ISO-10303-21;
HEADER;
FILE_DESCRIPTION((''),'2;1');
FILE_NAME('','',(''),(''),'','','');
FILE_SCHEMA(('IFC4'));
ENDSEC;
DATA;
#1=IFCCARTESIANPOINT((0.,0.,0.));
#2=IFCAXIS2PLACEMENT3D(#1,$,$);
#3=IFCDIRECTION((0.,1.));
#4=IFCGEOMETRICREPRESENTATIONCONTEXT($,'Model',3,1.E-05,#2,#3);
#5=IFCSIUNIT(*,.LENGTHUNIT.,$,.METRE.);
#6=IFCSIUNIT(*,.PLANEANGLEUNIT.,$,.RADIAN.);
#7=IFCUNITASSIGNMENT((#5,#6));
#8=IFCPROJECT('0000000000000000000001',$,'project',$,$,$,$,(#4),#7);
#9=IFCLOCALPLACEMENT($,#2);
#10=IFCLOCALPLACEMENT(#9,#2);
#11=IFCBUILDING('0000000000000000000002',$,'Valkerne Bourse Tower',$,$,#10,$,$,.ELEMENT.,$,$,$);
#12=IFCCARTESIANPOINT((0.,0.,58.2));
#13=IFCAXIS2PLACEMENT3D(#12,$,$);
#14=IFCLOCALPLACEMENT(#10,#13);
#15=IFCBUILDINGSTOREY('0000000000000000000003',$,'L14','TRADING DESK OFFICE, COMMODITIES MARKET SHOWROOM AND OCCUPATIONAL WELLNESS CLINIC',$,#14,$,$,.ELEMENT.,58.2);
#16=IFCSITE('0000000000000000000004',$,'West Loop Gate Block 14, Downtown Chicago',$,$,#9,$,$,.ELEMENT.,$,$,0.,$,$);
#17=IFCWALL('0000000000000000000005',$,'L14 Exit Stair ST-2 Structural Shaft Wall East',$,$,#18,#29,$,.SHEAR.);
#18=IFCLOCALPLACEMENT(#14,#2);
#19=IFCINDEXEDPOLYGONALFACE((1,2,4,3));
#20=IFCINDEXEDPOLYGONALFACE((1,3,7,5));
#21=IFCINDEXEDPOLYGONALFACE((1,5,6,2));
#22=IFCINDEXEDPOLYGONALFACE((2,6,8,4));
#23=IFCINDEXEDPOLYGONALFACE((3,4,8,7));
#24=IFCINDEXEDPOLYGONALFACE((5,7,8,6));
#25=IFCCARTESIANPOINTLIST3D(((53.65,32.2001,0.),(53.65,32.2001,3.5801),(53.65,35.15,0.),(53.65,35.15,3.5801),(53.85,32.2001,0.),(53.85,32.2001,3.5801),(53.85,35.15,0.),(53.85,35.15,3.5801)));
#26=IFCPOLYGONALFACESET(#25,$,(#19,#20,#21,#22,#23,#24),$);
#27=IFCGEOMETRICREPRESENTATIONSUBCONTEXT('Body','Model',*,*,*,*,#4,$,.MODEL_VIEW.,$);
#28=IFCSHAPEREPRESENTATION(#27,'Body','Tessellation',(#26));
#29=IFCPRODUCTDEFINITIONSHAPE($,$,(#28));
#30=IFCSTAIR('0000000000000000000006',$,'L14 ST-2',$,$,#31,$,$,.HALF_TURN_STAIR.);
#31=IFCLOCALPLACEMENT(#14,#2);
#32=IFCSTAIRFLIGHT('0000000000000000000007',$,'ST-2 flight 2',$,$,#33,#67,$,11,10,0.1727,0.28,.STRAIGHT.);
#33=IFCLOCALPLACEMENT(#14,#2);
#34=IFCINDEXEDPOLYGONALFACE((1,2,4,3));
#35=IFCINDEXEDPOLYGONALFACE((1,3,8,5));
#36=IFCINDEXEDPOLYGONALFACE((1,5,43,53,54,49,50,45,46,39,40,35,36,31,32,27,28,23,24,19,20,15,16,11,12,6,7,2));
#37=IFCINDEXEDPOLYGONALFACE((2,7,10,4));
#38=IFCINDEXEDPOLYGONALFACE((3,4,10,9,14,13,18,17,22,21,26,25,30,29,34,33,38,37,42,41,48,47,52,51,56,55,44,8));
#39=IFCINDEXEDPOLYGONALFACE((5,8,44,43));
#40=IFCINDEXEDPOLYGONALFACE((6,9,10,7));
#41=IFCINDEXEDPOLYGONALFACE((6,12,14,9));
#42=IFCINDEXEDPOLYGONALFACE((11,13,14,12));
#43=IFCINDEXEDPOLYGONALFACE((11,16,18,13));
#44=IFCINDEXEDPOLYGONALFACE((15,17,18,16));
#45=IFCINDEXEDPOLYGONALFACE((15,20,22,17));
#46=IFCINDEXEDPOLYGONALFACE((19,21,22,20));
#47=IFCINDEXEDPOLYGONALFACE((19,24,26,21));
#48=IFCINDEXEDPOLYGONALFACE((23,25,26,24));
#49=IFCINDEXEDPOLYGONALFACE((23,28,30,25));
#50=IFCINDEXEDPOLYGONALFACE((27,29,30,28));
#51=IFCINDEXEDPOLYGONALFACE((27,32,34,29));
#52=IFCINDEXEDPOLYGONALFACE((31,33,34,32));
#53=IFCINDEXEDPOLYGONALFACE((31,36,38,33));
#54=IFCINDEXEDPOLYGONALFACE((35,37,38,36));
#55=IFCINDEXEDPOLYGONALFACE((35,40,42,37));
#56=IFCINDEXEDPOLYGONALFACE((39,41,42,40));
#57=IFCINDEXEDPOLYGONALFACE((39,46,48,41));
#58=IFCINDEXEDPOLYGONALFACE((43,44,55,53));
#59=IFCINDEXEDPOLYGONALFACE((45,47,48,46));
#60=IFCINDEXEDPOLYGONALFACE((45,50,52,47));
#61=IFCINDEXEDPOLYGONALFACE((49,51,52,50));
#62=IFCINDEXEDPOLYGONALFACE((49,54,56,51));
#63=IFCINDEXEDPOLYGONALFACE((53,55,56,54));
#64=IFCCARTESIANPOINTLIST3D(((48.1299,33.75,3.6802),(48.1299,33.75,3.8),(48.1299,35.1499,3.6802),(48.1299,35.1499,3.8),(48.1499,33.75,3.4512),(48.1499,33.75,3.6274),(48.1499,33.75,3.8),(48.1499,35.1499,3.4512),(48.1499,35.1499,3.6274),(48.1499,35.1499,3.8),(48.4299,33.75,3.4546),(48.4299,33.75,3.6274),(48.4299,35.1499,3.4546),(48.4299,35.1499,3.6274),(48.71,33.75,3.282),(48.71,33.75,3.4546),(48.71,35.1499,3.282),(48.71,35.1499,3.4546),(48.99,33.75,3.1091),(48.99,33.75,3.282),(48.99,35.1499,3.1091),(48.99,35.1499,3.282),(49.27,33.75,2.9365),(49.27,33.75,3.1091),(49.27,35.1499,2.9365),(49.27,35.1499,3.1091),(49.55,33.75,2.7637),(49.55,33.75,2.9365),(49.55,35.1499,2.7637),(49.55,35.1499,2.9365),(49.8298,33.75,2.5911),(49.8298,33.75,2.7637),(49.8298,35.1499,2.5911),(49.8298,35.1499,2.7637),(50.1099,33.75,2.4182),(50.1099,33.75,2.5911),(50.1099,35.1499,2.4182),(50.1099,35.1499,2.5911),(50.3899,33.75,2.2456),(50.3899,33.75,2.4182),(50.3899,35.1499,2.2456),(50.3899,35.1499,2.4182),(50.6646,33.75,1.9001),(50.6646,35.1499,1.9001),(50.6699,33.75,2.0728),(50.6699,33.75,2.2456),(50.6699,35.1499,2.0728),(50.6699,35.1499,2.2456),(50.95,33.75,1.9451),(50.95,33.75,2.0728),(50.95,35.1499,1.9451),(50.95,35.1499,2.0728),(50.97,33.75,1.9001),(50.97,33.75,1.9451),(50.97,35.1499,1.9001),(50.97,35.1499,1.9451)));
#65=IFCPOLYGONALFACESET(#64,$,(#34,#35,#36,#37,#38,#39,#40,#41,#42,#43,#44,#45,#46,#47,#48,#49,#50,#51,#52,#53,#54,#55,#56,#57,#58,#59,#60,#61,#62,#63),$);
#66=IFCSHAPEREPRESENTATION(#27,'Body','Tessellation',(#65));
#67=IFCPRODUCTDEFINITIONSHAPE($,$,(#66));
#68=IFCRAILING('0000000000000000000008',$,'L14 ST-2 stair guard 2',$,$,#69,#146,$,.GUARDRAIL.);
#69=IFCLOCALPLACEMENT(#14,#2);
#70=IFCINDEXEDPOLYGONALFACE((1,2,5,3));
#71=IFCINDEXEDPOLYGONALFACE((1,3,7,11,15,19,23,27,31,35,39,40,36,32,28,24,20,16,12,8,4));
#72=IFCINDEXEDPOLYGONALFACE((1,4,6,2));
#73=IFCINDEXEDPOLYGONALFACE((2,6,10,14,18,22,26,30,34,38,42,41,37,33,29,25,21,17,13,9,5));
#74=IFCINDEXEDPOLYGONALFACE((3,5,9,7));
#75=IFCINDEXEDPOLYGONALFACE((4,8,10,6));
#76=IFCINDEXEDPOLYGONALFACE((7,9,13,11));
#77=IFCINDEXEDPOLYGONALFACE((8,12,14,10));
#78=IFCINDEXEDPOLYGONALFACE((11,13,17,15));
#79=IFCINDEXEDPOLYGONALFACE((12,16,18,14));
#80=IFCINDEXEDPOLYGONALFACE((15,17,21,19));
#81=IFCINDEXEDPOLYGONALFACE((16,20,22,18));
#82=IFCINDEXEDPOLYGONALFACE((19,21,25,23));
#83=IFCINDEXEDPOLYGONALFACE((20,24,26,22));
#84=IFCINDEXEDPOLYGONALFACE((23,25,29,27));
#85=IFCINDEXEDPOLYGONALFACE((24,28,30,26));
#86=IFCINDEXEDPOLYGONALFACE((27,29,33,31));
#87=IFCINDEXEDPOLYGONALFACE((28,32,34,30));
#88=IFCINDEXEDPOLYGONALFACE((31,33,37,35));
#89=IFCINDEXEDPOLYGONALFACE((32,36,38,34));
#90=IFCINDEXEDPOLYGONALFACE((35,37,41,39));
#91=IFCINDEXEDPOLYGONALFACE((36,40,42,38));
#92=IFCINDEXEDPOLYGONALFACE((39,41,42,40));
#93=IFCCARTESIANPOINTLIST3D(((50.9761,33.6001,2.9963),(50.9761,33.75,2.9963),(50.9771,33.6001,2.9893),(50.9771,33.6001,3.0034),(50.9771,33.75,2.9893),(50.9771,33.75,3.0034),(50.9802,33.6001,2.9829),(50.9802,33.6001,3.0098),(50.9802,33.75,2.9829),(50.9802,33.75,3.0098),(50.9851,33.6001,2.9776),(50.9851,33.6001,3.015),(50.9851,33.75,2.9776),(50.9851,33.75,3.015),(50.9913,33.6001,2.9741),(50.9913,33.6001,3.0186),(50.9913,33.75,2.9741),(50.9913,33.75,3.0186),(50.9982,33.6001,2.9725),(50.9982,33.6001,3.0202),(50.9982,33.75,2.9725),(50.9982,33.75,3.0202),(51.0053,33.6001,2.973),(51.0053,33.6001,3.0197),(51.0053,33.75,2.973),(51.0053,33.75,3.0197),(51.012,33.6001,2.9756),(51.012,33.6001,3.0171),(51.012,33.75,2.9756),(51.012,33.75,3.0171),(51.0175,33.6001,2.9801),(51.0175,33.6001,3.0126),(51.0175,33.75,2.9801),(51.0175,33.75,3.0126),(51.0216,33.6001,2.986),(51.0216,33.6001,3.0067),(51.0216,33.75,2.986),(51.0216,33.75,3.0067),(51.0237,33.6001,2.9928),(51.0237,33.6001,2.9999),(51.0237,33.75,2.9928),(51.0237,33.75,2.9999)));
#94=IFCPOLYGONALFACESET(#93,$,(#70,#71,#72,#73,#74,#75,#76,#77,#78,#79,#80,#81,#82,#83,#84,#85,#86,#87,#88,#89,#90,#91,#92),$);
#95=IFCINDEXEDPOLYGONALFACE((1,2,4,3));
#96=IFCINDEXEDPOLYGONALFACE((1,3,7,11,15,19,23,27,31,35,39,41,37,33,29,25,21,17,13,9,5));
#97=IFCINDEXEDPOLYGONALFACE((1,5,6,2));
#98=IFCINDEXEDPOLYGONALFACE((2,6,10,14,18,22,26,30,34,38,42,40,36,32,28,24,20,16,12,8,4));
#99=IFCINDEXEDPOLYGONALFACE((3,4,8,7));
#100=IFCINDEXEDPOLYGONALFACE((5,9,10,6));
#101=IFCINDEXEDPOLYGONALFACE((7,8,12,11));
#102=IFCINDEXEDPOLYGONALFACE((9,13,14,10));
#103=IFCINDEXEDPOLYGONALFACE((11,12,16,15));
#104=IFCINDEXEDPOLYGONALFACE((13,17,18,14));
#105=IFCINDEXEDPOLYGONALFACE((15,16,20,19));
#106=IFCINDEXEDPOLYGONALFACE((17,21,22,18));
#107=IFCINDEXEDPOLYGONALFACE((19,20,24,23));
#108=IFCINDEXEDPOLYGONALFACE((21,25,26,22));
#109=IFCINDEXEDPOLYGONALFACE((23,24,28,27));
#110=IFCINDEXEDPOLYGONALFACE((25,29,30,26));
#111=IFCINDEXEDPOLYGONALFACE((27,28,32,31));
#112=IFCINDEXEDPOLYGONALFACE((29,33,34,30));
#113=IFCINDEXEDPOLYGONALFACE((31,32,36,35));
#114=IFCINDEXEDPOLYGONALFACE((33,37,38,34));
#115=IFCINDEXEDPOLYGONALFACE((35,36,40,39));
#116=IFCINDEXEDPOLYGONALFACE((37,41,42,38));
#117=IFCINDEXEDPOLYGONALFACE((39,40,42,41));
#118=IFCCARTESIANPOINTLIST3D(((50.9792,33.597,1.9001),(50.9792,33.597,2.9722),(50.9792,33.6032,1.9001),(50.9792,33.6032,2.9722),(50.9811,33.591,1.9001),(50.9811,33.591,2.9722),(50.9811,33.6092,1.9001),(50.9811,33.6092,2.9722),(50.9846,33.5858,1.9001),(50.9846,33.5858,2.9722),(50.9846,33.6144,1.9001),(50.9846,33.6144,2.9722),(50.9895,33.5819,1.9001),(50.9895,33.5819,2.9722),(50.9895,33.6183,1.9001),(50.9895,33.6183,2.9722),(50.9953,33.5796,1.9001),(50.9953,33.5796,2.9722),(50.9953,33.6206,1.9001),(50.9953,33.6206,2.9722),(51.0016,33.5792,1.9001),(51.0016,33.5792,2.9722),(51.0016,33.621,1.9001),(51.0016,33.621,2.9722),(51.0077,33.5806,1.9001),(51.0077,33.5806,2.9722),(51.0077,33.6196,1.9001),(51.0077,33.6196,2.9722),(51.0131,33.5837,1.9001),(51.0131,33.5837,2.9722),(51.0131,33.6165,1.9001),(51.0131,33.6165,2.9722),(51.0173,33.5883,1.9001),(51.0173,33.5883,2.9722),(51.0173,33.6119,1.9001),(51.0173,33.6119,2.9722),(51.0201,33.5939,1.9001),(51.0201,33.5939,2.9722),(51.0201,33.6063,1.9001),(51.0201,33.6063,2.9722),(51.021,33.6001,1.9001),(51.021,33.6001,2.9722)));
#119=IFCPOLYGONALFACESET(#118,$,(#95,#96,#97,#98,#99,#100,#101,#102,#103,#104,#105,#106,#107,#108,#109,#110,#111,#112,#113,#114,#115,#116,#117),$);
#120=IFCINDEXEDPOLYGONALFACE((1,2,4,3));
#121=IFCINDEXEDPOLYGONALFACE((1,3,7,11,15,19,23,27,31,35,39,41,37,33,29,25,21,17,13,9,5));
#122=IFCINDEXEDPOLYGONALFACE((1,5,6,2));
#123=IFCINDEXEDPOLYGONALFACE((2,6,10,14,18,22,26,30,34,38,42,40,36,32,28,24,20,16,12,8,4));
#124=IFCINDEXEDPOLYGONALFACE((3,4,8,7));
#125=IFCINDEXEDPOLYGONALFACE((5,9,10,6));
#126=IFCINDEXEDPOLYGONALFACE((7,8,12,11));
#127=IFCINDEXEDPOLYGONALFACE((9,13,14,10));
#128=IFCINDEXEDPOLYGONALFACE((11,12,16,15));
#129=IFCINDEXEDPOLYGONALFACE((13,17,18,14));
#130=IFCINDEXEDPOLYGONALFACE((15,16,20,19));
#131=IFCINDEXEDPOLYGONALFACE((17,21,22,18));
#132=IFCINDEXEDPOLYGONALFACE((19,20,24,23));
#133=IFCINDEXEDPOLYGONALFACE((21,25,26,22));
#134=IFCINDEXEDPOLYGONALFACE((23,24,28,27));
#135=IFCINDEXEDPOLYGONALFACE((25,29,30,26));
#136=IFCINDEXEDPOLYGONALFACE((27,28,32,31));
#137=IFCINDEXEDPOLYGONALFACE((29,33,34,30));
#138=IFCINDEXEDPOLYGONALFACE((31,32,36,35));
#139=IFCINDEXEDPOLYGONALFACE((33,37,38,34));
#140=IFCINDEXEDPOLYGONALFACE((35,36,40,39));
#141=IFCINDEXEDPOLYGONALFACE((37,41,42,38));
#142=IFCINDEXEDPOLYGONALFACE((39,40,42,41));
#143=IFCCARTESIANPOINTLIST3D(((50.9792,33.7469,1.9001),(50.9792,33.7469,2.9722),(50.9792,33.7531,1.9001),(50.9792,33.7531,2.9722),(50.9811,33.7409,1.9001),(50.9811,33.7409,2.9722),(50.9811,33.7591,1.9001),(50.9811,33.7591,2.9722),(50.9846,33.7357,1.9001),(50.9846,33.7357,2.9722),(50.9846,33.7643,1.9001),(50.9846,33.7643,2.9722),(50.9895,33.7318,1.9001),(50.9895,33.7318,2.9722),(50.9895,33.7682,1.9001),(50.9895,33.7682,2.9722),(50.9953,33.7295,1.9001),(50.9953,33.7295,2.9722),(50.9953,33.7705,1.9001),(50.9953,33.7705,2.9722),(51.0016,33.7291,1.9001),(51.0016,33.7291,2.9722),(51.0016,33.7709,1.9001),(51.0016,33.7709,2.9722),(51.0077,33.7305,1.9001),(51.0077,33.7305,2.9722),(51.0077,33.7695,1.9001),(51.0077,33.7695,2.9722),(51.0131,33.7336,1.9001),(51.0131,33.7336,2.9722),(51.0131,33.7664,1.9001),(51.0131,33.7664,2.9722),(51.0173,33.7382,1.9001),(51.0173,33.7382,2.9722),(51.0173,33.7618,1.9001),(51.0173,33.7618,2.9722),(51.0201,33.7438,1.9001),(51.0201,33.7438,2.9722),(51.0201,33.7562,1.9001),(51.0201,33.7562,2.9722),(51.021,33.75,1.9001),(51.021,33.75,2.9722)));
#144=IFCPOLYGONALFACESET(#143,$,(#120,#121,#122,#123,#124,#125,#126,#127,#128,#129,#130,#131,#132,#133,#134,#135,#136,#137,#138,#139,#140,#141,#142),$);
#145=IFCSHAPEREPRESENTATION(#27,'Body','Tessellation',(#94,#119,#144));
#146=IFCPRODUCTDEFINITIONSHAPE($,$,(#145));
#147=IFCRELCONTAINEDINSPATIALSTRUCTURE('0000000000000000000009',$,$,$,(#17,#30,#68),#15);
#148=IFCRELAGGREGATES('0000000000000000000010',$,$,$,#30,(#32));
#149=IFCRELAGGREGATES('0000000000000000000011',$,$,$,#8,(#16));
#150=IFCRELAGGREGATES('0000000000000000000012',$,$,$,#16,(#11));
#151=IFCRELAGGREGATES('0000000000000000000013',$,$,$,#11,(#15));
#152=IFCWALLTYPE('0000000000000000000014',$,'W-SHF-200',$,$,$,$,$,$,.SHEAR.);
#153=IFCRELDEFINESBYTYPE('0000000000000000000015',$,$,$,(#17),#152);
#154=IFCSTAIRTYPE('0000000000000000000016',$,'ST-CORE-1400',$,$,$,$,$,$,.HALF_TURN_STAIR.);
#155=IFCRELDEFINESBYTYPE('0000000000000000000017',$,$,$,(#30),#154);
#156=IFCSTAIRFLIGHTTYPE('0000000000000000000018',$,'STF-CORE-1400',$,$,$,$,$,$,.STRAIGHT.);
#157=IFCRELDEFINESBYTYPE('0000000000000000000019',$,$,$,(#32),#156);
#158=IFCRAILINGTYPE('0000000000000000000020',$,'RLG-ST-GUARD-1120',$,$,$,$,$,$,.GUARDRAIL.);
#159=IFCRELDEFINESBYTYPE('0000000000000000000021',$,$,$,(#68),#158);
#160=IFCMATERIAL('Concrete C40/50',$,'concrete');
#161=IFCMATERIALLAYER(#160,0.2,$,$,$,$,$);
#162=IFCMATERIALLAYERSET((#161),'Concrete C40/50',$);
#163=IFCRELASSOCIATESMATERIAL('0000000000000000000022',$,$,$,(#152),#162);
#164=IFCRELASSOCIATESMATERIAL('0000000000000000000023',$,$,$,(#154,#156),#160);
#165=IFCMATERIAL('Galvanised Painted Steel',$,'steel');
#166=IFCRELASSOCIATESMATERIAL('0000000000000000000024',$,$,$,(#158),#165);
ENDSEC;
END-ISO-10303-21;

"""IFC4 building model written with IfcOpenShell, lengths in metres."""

from ifc_helpers import new_model, si_unit, direction, frame, frame_2d, origin, origin_2d, place, context, subcontext, project, spatial, polyline, rectangle, circle, outline, extrude, material, layer, layer_set, type_object, element, aggregate, save


model = new_model("IFC4")

# Units and contexts
model_context = context("Model", 3, precision=1e-05, world=origin(), true_north=direction((0.0, 1.0)))
body_context = subcontext(model_context, "Body", "Model", "MODEL_VIEW")
ifc_project = project(units=[si_unit("LENGTHUNIT", "METRE"), si_unit("PLANEANGLEUNIT", "RADIAN")], contexts=[model_context])

# Site, building, storey
site_placement = place(None, origin())
site = spatial("IfcSite", under=ifc_project, at=site_placement, Name="West Loop Gate Block 14, Downtown Chicago", CompositionType="ELEMENT", RefElevation=0.0)
building_placement = place(site_placement, origin())
building = spatial("IfcBuilding", under=site, at=building_placement, Name="Valkerne Bourse Tower", CompositionType="ELEMENT")
storey_placement = place(building_placement, frame((0.0, 0.0, 58.2)))
storey = spatial("IfcBuildingStorey", under=building, at=storey_placement, Name="L14", Description="TRADING DESK OFFICE, COMMODITIES MARKET SHOWROOM AND OCCUPATIONAL WELLNESS CLINIC", CompositionType="ELEMENT", Elevation=58.2)

# Wall
ifc_material_1 = material(Name="Concrete C40/50", Category="concrete")
ifc_layer_1 = layer(ifc_material_1, 0.2)
ifc_layer_set_1 = layer_set([ifc_layer_1], Name="Concrete C40/50")
wall_type_1 = type_object("IfcWallType", Name="W-SHF-200", PredefinedType="SHEAR", material=ifc_layer_set_1)
wall_1_placement = place(storey_placement, frame((53.75, 32.2, 0.0), z_axis=(0.0, 0.0, 1.0), x_axis=(0.0, 1.0, 0.0)))
element("IfcWall", 1, at=wall_1_placement, inside=storey, type_object=wall_type_1, Name="L14 Exit Stair ST-2 Structural Shaft Wall East", PredefinedType="SHEAR", context=body_context, shape_type="SweptSolid", body=[
    extrude(rectangle(XDim=2.95, YDim=0.2, at=frame_2d((1.4751, 0.0))), origin(), (0.0, 0.0, 1.0), 3.5801),
])

# Stair, stair flight
stair_type = type_object("IfcStairType", Name="ST-CORE-1400", PredefinedType="HALF_TURN_STAIR", material=ifc_material_1)
stair_placement = place(storey_placement, origin())
stair = element("IfcStair", 2, at=stair_placement, inside=storey, type_object=stair_type, Name="L14 ST-2", PredefinedType="HALF_TURN_STAIR")
stair_flight_type = type_object("IfcStairFlightType", Name="STF-CORE-1400", PredefinedType="STRAIGHT", material=ifc_material_1)
stair_flight_placement = place(storey_placement, frame((50.95, 34.45, 1.9001), z_axis=(0.0, 0.0, 1.0), x_axis=(-1.0, 0.0, 0.0)))
stair_flight = element("IfcStairFlight", 3, at=stair_flight_placement, type_object=stair_flight_type, Name="ST-2 flight 2", NumberOfRisers=11, NumberOfTreads=10, PredefinedType="STRAIGHT", RiserHeight=0.1727, TreadLength=0.28, context=body_context, shape_type="SweptSolid", body=[
    extrude(outline(polyline([(-0.02, 0.0), (-0.02, 0.0449), (0.0, 0.0449), (0.0, 0.1726), (0.28, 0.1726), (0.28, 0.3455), (0.5601, 0.3455), (0.5601, 0.5181), (0.8401, 0.5181), (0.8401, 0.6909), (1.1201, 0.6909), (1.1201, 0.8635), (1.3999, 0.8635), (1.3999, 1.0364), (1.6799, 1.0364), (1.6799, 1.209), (1.96, 1.209), (1.96, 1.3818), (2.24, 1.3818), (2.24, 1.5544), (2.52, 1.5544), (2.52, 1.7273), (2.8, 1.7273), (2.8, 1.8999), (2.8201, 1.8999), (2.8201, 1.78), (2.8, 1.551), (0.2854, 0.0), (-0.02, 0.0)])), frame((0.0, 0.7, 0.0), z_axis=(0.0, -1.0, 0.0), x_axis=(1.0, 0.0, 0.0)), (0.0, 0.0, 1.0), 1.3999),
])
aggregate(stair, [stair_flight])

# Railing
ifc_material_2 = material(Name="Galvanised Painted Steel", Category="steel")
railing_type_1 = type_object("IfcRailingType", Name="RLG-ST-GUARD-1120", PredefinedType="GUARDRAIL", material=ifc_material_2)
railing_1_placement = place(storey_placement, frame((51.0, 33.6001, 1.9001)))
element("IfcRailing", 4, at=railing_1_placement, inside=storey, type_object=railing_type_1, Name="L14 ST-2 stair guard 2", PredefinedType="GUARDRAIL", context=body_context, shape_type="SweptSolid", body=[
    extrude(circle(Radius=0.0239, at=origin_2d()), frame((0.0, 0.0, 1.0962), z_axis=(0.0, 1.0, 0.0), x_axis=(-1.0, 0.0, 0.0)), (0.0, 0.0, 1.0), 0.1499),
    extrude(circle(Radius=0.021, at=origin_2d()), origin(), (0.0, 0.0, 1.0), 1.072),
    extrude(circle(Radius=0.021, at=origin_2d()), frame((0.0, 0.1499, 0.0)), (0.0, 0.0, 1.0), 1.072),
])

save(model, "model.ifc")
